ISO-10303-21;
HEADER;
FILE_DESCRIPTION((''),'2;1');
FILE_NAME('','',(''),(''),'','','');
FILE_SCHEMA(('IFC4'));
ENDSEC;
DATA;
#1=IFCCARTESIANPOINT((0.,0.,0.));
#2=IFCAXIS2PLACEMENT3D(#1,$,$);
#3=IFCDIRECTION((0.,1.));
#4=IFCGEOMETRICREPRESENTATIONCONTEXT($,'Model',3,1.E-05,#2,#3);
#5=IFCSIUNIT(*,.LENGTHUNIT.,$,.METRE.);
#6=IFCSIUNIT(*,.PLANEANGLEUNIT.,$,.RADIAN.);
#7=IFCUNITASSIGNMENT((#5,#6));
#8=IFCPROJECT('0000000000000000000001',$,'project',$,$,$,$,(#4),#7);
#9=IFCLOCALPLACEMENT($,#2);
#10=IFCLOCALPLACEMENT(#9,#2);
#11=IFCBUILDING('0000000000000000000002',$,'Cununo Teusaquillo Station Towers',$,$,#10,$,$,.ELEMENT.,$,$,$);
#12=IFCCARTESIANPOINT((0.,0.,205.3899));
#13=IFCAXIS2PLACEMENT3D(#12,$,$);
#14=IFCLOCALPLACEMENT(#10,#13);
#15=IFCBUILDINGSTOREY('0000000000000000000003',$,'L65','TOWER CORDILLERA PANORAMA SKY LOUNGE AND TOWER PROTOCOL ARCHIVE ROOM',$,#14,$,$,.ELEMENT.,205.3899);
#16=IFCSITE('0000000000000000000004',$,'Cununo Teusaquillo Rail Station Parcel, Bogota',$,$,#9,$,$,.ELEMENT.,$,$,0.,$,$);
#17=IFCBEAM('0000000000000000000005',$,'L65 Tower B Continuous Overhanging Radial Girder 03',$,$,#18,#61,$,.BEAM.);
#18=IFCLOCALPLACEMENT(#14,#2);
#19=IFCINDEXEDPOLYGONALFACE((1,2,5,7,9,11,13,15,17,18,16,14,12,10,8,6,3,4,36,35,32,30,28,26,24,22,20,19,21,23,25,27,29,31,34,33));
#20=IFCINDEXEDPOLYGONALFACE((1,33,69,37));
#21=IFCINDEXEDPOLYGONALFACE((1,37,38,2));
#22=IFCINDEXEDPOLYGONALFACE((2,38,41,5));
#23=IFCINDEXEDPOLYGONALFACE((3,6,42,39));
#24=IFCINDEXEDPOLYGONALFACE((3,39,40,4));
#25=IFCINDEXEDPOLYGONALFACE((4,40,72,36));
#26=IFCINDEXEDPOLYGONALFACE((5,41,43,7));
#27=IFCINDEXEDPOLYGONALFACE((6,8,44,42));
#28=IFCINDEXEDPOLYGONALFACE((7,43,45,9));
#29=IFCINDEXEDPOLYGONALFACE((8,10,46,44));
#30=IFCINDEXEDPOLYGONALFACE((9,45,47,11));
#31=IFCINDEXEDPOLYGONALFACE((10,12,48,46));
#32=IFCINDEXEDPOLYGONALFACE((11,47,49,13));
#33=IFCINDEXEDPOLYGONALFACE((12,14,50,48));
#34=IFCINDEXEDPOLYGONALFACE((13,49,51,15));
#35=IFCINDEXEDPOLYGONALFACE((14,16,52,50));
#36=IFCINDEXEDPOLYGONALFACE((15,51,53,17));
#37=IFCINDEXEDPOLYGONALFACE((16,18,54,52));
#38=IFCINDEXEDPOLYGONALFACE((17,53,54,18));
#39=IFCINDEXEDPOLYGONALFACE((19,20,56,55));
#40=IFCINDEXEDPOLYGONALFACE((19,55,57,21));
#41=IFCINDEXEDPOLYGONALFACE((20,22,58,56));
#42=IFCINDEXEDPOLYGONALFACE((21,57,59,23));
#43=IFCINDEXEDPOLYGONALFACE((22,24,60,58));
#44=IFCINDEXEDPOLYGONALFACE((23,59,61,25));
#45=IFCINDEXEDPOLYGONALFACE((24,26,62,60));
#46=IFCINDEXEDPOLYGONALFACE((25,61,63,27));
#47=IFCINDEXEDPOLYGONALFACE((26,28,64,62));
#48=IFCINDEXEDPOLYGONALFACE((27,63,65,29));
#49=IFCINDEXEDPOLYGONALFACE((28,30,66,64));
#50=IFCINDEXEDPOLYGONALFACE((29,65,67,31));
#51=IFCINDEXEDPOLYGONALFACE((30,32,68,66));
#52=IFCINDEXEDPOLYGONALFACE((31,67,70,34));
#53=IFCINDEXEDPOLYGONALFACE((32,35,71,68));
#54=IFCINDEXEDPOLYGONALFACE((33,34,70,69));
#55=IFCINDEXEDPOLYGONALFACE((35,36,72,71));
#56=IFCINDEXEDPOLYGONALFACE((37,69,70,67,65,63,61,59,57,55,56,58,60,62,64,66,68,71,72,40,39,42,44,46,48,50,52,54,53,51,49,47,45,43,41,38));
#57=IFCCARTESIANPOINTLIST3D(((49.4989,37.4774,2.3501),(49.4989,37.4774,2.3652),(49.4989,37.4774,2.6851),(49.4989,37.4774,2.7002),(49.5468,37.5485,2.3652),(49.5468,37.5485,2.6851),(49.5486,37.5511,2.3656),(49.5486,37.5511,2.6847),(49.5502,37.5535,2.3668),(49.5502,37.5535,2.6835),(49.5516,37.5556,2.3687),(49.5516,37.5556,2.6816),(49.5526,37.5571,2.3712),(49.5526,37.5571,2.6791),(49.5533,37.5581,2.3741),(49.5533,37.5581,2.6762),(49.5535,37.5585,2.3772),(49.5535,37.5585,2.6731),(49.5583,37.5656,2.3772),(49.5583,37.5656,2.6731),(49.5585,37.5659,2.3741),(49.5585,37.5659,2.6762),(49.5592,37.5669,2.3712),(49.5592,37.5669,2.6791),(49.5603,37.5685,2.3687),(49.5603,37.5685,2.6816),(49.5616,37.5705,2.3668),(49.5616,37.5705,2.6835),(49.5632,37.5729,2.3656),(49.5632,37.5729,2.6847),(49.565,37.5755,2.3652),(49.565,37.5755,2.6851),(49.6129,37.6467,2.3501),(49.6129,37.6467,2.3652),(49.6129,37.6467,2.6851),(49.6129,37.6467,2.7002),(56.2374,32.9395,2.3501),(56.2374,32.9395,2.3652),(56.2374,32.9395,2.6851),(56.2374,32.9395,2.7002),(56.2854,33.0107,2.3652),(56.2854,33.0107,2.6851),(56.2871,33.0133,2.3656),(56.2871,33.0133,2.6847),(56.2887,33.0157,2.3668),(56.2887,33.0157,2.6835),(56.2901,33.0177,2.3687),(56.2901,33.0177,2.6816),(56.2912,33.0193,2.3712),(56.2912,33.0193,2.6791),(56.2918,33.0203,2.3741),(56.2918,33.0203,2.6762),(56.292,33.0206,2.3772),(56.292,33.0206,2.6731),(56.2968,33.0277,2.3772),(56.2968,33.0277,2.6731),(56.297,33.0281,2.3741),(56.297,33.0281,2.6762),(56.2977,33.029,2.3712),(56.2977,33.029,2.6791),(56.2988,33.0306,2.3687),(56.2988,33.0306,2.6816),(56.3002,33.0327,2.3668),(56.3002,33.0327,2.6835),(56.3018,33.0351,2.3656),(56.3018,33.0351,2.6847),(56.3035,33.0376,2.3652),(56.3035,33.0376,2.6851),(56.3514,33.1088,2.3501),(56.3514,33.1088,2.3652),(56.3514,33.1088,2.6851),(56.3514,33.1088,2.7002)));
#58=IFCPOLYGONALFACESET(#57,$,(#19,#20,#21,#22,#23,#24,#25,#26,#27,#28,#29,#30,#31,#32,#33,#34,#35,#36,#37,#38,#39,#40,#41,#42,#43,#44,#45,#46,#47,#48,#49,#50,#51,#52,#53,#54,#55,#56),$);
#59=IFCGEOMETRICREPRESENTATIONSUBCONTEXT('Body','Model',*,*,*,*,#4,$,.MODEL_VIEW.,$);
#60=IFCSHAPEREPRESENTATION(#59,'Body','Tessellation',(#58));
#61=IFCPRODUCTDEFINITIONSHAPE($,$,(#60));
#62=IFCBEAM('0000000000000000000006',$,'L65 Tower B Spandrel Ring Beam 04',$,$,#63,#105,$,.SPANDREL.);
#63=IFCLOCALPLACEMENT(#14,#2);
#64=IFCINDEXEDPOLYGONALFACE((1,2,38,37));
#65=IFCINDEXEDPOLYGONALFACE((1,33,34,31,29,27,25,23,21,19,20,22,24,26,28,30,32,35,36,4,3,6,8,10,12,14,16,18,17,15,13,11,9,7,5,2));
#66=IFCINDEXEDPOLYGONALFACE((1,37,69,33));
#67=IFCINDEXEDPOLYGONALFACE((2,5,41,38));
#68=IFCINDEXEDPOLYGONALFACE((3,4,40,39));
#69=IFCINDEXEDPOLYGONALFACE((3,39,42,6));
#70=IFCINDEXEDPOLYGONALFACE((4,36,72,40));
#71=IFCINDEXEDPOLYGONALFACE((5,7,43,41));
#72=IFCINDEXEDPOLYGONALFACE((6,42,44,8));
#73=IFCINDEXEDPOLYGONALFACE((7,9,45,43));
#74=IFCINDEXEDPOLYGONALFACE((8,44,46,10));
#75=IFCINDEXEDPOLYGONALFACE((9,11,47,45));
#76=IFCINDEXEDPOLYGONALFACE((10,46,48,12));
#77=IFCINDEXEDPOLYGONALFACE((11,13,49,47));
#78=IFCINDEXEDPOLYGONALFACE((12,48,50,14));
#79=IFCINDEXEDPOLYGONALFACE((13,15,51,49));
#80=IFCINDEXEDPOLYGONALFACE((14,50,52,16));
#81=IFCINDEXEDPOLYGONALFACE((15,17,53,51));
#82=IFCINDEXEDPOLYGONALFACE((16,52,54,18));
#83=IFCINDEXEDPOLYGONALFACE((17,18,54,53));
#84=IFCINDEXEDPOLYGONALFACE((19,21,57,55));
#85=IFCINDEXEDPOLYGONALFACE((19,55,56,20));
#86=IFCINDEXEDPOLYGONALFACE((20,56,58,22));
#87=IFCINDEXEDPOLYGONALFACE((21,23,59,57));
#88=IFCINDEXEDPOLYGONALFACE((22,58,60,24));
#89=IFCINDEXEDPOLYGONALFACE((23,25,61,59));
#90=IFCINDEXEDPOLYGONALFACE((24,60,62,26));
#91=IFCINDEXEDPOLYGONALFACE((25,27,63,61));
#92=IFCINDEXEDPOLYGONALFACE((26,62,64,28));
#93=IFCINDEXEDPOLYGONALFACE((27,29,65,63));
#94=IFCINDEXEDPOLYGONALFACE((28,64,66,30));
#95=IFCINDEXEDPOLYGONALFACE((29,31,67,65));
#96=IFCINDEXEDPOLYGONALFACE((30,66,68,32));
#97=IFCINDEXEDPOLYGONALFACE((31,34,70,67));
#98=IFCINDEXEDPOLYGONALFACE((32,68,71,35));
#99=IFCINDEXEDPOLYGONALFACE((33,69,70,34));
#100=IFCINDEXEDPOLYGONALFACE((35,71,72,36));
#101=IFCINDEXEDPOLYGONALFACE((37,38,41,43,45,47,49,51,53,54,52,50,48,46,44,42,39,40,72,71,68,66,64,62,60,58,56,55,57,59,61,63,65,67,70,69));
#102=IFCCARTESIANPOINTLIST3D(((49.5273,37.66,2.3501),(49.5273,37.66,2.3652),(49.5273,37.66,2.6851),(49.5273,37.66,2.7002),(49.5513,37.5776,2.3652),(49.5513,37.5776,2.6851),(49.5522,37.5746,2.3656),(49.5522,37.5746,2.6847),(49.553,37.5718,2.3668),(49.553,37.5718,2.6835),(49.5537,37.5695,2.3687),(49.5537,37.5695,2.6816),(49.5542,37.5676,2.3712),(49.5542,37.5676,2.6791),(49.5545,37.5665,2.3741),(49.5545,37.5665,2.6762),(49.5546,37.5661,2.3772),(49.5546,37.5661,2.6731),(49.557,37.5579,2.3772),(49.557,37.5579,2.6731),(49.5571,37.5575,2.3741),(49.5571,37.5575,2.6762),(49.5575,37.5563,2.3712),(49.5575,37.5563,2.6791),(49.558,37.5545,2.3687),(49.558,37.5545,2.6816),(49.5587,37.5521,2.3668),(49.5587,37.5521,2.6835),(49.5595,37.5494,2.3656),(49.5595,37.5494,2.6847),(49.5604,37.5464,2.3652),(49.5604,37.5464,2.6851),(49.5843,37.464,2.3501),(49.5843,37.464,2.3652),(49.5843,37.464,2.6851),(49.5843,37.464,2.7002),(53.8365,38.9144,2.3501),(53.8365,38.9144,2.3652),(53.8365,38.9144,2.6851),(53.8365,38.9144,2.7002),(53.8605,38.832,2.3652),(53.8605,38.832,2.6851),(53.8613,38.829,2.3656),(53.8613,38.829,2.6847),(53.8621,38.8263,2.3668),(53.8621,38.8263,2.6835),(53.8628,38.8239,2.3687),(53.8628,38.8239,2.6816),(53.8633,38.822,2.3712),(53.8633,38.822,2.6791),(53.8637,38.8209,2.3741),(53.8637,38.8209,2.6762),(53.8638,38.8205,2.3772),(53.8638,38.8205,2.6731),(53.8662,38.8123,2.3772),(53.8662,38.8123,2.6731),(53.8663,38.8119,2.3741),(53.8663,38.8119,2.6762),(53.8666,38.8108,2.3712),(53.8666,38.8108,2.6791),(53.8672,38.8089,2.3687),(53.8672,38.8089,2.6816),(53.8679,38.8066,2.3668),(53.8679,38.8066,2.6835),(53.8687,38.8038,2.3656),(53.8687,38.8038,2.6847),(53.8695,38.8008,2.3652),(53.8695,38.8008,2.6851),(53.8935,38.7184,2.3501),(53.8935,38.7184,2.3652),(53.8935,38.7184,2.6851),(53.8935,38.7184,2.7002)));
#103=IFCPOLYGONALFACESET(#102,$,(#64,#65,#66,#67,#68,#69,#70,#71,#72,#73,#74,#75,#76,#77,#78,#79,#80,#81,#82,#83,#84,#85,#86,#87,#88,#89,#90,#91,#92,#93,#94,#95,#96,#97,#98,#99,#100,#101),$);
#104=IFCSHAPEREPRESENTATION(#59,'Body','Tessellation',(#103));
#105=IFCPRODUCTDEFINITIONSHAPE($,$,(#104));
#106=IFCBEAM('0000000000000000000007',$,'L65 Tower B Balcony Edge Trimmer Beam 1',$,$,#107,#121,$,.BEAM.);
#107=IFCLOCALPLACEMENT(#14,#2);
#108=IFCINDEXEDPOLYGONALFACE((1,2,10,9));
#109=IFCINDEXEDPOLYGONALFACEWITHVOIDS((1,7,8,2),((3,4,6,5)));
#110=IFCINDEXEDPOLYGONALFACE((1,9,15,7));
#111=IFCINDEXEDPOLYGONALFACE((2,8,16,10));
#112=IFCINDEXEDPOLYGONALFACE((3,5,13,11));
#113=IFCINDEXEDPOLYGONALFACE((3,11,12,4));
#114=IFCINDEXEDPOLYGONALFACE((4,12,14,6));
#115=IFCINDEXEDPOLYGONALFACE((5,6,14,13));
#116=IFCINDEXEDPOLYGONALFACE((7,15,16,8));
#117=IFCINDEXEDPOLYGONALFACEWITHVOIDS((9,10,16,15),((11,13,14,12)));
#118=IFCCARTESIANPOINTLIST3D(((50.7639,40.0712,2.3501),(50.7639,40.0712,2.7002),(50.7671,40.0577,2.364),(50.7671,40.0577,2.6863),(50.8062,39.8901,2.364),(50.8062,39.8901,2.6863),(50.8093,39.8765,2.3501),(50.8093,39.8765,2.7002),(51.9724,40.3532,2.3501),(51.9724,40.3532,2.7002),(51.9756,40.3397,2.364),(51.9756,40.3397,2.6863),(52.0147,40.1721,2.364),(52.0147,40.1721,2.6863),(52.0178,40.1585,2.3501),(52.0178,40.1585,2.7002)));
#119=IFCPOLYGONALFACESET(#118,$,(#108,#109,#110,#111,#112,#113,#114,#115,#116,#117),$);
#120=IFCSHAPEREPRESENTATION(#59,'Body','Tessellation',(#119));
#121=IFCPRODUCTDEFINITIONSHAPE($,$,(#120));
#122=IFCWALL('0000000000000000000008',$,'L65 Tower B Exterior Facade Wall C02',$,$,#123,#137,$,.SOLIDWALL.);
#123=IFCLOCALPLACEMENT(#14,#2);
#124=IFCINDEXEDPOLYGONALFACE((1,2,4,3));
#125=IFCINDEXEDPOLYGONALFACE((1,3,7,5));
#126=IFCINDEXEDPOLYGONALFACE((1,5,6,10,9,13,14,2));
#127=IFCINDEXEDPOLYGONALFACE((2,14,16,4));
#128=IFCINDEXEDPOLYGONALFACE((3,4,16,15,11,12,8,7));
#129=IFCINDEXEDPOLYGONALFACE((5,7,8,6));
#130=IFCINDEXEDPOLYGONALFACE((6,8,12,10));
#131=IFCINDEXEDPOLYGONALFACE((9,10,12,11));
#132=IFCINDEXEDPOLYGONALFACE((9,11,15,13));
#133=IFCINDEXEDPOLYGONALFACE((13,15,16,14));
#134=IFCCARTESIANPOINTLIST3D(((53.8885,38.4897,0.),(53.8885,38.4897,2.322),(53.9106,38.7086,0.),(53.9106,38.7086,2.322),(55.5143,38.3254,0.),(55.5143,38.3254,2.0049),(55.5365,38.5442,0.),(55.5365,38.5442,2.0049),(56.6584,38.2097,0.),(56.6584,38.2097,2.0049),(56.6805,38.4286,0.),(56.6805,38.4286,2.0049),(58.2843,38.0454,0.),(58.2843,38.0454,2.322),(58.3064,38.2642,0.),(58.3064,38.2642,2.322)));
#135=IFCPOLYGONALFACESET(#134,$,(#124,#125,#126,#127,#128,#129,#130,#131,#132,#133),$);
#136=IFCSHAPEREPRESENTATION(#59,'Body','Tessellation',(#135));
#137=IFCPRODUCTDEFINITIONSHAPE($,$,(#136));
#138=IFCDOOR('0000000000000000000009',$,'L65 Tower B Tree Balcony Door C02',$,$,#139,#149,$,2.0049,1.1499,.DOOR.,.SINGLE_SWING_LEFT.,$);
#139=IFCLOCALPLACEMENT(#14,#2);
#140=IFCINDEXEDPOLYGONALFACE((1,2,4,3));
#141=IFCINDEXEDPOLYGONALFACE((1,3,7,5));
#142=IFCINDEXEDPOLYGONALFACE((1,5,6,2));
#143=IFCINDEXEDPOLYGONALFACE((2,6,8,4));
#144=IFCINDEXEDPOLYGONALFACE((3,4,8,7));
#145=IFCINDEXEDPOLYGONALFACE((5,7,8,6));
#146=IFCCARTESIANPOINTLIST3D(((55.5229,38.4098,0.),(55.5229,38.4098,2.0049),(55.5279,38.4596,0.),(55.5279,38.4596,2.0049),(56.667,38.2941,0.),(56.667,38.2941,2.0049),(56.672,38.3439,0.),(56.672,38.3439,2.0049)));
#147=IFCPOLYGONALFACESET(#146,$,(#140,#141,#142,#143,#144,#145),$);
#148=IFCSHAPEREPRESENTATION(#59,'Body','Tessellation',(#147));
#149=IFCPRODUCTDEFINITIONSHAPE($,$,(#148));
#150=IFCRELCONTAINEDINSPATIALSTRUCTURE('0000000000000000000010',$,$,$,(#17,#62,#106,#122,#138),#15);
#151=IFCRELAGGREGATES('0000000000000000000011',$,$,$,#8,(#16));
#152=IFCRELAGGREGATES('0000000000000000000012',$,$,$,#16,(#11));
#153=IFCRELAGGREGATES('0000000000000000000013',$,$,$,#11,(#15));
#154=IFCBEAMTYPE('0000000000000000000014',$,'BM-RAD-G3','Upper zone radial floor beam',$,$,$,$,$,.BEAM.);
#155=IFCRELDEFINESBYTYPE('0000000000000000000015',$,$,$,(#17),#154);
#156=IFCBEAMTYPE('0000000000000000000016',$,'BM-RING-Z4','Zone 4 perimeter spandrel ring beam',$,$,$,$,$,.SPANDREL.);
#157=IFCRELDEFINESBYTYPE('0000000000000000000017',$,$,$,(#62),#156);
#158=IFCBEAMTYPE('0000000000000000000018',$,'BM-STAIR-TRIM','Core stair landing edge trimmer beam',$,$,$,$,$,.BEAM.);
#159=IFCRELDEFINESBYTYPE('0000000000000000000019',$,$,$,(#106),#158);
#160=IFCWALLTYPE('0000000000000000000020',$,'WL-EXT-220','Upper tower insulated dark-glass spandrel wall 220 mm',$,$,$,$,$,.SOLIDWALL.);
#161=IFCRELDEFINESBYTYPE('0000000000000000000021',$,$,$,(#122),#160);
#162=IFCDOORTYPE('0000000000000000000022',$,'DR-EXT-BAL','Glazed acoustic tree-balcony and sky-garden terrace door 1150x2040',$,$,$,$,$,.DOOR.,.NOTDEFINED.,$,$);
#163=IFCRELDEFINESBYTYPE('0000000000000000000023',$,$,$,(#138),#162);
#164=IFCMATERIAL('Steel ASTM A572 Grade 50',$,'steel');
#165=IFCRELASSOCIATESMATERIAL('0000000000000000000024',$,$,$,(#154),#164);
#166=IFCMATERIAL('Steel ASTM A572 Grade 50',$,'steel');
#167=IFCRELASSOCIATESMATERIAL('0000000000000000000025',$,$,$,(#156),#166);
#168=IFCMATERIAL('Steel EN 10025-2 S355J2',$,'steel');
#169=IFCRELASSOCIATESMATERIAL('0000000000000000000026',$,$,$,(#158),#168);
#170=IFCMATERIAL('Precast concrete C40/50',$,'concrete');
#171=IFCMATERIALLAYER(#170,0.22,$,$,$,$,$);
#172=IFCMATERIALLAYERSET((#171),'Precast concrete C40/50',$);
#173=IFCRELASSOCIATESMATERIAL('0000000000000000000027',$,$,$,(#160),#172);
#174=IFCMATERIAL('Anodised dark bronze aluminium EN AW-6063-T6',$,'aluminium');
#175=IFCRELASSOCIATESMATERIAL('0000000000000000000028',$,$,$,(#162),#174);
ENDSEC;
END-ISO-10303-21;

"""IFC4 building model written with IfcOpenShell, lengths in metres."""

from ifc_helpers import new_model, si_unit, direction, frame, frame_2d, origin, origin_2d, place, context, subcontext, project, spatial, rectangle, hollow_rectangle, i_section, extrude, source, transform, mapped, material, layer, layer_set, material_profile, profile_set, type_object, element, fill, save


model = new_model("IFC4")

# Units and contexts
model_context = context("Model", 3, precision=1e-05, world=origin(), true_north=direction((0.0, 1.0)))
body_context = subcontext(model_context, "Body", "Model", "MODEL_VIEW")
ifc_project = project(units=[si_unit("LENGTHUNIT", "METRE"), si_unit("PLANEANGLEUNIT", "RADIAN")], contexts=[model_context])

# Site, building, storey
site_placement = place(None, origin())
site = spatial("IfcSite", under=ifc_project, at=site_placement, Name="Cununo Teusaquillo Rail Station Parcel, Bogota", CompositionType="ELEMENT", RefElevation=0.0)
building_placement = place(site_placement, origin())
building = spatial("IfcBuilding", under=site, at=building_placement, Name="Cununo Teusaquillo Station Towers", CompositionType="ELEMENT")
storey_placement = place(building_placement, frame((0.0, 0.0, 205.3899)))
storey = spatial("IfcBuildingStorey", under=building, at=storey_placement, Name="L65", Description="TOWER CORDILLERA PANORAMA SKY LOUNGE AND TOWER PROTOCOL ARCHIVE ROOM", CompositionType="ELEMENT", Elevation=205.3899)

# Beams
ifc_material_1 = material(Name="Steel ASTM A572 Grade 50", Category="steel")
ifc_material_profile_1 = material_profile(ifc_material_1, i_section(OverallWidth=0.2041, OverallDepth=0.3501, WebThickness=0.0085, FlangeThickness=0.0151, FilletRadius=0.012, at=origin_2d()), Name="W14X48")
ifc_profile_set_1 = profile_set([ifc_material_profile_1], Name="Steel ASTM A572 Grade 50")
beam_type_1 = type_object("IfcBeamType", Name="BM-RAD-G3", Description="Upper zone radial floor beam", PredefinedType="BEAM", material=ifc_profile_set_1)
beam_1_placement = place(storey_placement, frame((56.2944, 33.0242, 2.5251), z_axis=(-0.829457, 0.558571, 0.0), x_axis=(-0.558571, -0.829457, 0.0)))
element("IfcBeam", 1, at=beam_1_placement, inside=storey, type_object=beam_type_1, Name="L65 Tower B Continuous Overhanging Radial Girder 03", PredefinedType="BEAM", context=body_context, shape_type="SweptSolid", body=[
    extrude(i_section(OverallWidth=0.2041, OverallDepth=0.3501, WebThickness=0.0085, FlangeThickness=0.0151, FilletRadius=0.012, at=origin_2d()), origin(), (0.0, 0.0, 1.0), 8.124),
])
ifc_material_2 = material(Name="Steel ASTM A572 Grade 50", Category="steel")
ifc_material_profile_2 = material_profile(ifc_material_2, i_section(OverallWidth=0.2041, OverallDepth=0.3501, WebThickness=0.0085, FlangeThickness=0.0151, FilletRadius=0.012, at=origin_2d()), Name="W14X48")
ifc_profile_set_2 = profile_set([ifc_material_profile_2], Name="Steel ASTM A572 Grade 50")
beam_type_2 = type_object("IfcBeamType", Name="BM-RING-Z4", Description="Zone 4 perimeter spandrel ring beam", PredefinedType="SPANDREL", material=ifc_profile_set_2)
beam_2_placement = place(storey_placement, frame((53.865, 38.8164, 2.5251), z_axis=(-0.960145, -0.279503, 0.0), x_axis=(0.279503, -0.960145, 0.0)))
element("IfcBeam", 2, at=beam_2_placement, inside=storey, type_object=beam_type_2, Name="L65 Tower B Spandrel Ring Beam 04", PredefinedType="SPANDREL", context=body_context, shape_type="SweptSolid", body=[
    extrude(i_section(OverallWidth=0.2041, OverallDepth=0.3501, WebThickness=0.0085, FlangeThickness=0.0151, FilletRadius=0.012, at=origin_2d()), origin(), (0.0, 0.0, 1.0), 4.488),
])
ifc_material_3 = material(Name="Steel EN 10025-2 S355J2", Category="steel")
ifc_material_profile_3 = material_profile(ifc_material_3, hollow_rectangle(XDim=0.2, YDim=0.3501, WallThickness=0.0139, at=origin_2d()), Name="RHS 350x200x14")
ifc_profile_set_3 = profile_set([ifc_material_profile_3], Name="Steel EN 10025-2 S355J2")
beam_type_3 = type_object("IfcBeamType", Name="BM-STAIR-TRIM", Description="Core stair landing edge trimmer beam", PredefinedType="BEAM", material=ifc_profile_set_3)
beam_3_placement = place(storey_placement, frame((51.9951, 40.2559, 2.5251), z_axis=(-0.973841, -0.22723, 0.0), x_axis=(0.22723, -0.973841, 0.0)))
element("IfcBeam", 3, at=beam_3_placement, inside=storey, type_object=beam_type_3, Name="L65 Tower B Balcony Edge Trimmer Beam 1", PredefinedType="BEAM", context=body_context, shape_type="SweptSolid", body=[
    extrude(hollow_rectangle(XDim=0.2, YDim=0.3501, WallThickness=0.0139, at=origin_2d()), origin(), (0.0, 0.0, 1.0), 1.241),
])

# Wall, opening, door
ifc_material_4 = material(Name="Precast concrete C40/50", Category="concrete")
ifc_layer_1 = layer(ifc_material_4, 0.22)
ifc_layer_set_1 = layer_set([ifc_layer_1], Name="Precast concrete C40/50")
wall_type_1 = type_object("IfcWallType", Name="WL-EXT-220", Description="Upper tower insulated dark-glass spandrel wall 220 mm", PredefinedType="SOLIDWALL", material=ifc_layer_set_1)
wall_1_placement = place(storey_placement, frame((53.8997, 38.5991, 0.0), z_axis=(0.0, 0.0, 1.0), x_axis=(0.99493, -0.100571, 0.0)))
wall_1 = element("IfcWall", 4, at=wall_1_placement, inside=storey, type_object=wall_type_1, Name="L65 Tower B Exterior Facade Wall C02", PredefinedType="SOLIDWALL", context=body_context, shape_type="SweptSolid", body=[
    extrude(rectangle(XDim=4.4182, YDim=0.22, at=frame_2d((2.209, 0.0))), origin(), (0.0, 0.0, 1.0), 2.322),
])
shared_shape_1 = source(origin(), body_context, "Body", "SweptSolid", [
    extrude(rectangle(XDim=1.1499, YDim=2.0049, at=frame_2d((0.575, 1.0024))), frame((0.0, 0.1199, 0.0), z_axis=(0.0, -1.0, 0.0), x_axis=(1.0, 0.0, 0.0)), (0.0, 0.0, 1.0), 0.24),
])
opening_1_placement = place(wall_1_placement, frame((1.634, 0.0, 0.0)))
opening_1 = element("IfcOpeningElement", 5, at=opening_1_placement, cuts=wall_1, PredefinedType="OPENING", context=body_context, shape_type="MappedRepresentation", body=[
    mapped(shared_shape_1, transform((0.0, 0.0, 0.0), x_axis=(1.0, 0.0, 0.0), y_axis=(0.0, 1.0, 0.0), z_axis=(0.0, 0.0, 1.0), scale=1.0)),
])
ifc_material_5 = material(Name="Anodised dark bronze aluminium EN AW-6063-T6", Category="aluminium")
door_type_1 = type_object("IfcDoorType", Name="DR-EXT-BAL", Description="Glazed acoustic tree-balcony and sky-garden terrace door 1150x2040", OperationType="NOTDEFINED", PredefinedType="DOOR", material=ifc_material_5)
shared_shape_2 = source(origin(), body_context, "Body", "SweptSolid", [
    extrude(rectangle(XDim=1.1499, YDim=2.0049, at=frame_2d((0.575, 1.0024))), frame((0.0, 0.0249, 0.0), z_axis=(0.0, -1.0, 0.0), x_axis=(1.0, 0.0, 0.0)), (0.0, 0.0, 1.0), 0.05),
])
door_1_placement = place(opening_1_placement, origin())
door_1 = element("IfcDoor", 6, at=door_1_placement, inside=storey, type_object=door_type_1, Name="L65 Tower B Tree Balcony Door C02", OperationType="SINGLE_SWING_LEFT", OverallHeight=2.0049, OverallWidth=1.1499, PredefinedType="DOOR", context=body_context, shape_type="MappedRepresentation", body=[
    mapped(shared_shape_2, transform((0.0, 0.0, 0.0), x_axis=(1.0, 0.0, 0.0), y_axis=(0.0, 1.0, 0.0), z_axis=(0.0, 0.0, 1.0), scale=1.0)),
])
fill(opening_1, door_1)

save(model, "model.ifc")
